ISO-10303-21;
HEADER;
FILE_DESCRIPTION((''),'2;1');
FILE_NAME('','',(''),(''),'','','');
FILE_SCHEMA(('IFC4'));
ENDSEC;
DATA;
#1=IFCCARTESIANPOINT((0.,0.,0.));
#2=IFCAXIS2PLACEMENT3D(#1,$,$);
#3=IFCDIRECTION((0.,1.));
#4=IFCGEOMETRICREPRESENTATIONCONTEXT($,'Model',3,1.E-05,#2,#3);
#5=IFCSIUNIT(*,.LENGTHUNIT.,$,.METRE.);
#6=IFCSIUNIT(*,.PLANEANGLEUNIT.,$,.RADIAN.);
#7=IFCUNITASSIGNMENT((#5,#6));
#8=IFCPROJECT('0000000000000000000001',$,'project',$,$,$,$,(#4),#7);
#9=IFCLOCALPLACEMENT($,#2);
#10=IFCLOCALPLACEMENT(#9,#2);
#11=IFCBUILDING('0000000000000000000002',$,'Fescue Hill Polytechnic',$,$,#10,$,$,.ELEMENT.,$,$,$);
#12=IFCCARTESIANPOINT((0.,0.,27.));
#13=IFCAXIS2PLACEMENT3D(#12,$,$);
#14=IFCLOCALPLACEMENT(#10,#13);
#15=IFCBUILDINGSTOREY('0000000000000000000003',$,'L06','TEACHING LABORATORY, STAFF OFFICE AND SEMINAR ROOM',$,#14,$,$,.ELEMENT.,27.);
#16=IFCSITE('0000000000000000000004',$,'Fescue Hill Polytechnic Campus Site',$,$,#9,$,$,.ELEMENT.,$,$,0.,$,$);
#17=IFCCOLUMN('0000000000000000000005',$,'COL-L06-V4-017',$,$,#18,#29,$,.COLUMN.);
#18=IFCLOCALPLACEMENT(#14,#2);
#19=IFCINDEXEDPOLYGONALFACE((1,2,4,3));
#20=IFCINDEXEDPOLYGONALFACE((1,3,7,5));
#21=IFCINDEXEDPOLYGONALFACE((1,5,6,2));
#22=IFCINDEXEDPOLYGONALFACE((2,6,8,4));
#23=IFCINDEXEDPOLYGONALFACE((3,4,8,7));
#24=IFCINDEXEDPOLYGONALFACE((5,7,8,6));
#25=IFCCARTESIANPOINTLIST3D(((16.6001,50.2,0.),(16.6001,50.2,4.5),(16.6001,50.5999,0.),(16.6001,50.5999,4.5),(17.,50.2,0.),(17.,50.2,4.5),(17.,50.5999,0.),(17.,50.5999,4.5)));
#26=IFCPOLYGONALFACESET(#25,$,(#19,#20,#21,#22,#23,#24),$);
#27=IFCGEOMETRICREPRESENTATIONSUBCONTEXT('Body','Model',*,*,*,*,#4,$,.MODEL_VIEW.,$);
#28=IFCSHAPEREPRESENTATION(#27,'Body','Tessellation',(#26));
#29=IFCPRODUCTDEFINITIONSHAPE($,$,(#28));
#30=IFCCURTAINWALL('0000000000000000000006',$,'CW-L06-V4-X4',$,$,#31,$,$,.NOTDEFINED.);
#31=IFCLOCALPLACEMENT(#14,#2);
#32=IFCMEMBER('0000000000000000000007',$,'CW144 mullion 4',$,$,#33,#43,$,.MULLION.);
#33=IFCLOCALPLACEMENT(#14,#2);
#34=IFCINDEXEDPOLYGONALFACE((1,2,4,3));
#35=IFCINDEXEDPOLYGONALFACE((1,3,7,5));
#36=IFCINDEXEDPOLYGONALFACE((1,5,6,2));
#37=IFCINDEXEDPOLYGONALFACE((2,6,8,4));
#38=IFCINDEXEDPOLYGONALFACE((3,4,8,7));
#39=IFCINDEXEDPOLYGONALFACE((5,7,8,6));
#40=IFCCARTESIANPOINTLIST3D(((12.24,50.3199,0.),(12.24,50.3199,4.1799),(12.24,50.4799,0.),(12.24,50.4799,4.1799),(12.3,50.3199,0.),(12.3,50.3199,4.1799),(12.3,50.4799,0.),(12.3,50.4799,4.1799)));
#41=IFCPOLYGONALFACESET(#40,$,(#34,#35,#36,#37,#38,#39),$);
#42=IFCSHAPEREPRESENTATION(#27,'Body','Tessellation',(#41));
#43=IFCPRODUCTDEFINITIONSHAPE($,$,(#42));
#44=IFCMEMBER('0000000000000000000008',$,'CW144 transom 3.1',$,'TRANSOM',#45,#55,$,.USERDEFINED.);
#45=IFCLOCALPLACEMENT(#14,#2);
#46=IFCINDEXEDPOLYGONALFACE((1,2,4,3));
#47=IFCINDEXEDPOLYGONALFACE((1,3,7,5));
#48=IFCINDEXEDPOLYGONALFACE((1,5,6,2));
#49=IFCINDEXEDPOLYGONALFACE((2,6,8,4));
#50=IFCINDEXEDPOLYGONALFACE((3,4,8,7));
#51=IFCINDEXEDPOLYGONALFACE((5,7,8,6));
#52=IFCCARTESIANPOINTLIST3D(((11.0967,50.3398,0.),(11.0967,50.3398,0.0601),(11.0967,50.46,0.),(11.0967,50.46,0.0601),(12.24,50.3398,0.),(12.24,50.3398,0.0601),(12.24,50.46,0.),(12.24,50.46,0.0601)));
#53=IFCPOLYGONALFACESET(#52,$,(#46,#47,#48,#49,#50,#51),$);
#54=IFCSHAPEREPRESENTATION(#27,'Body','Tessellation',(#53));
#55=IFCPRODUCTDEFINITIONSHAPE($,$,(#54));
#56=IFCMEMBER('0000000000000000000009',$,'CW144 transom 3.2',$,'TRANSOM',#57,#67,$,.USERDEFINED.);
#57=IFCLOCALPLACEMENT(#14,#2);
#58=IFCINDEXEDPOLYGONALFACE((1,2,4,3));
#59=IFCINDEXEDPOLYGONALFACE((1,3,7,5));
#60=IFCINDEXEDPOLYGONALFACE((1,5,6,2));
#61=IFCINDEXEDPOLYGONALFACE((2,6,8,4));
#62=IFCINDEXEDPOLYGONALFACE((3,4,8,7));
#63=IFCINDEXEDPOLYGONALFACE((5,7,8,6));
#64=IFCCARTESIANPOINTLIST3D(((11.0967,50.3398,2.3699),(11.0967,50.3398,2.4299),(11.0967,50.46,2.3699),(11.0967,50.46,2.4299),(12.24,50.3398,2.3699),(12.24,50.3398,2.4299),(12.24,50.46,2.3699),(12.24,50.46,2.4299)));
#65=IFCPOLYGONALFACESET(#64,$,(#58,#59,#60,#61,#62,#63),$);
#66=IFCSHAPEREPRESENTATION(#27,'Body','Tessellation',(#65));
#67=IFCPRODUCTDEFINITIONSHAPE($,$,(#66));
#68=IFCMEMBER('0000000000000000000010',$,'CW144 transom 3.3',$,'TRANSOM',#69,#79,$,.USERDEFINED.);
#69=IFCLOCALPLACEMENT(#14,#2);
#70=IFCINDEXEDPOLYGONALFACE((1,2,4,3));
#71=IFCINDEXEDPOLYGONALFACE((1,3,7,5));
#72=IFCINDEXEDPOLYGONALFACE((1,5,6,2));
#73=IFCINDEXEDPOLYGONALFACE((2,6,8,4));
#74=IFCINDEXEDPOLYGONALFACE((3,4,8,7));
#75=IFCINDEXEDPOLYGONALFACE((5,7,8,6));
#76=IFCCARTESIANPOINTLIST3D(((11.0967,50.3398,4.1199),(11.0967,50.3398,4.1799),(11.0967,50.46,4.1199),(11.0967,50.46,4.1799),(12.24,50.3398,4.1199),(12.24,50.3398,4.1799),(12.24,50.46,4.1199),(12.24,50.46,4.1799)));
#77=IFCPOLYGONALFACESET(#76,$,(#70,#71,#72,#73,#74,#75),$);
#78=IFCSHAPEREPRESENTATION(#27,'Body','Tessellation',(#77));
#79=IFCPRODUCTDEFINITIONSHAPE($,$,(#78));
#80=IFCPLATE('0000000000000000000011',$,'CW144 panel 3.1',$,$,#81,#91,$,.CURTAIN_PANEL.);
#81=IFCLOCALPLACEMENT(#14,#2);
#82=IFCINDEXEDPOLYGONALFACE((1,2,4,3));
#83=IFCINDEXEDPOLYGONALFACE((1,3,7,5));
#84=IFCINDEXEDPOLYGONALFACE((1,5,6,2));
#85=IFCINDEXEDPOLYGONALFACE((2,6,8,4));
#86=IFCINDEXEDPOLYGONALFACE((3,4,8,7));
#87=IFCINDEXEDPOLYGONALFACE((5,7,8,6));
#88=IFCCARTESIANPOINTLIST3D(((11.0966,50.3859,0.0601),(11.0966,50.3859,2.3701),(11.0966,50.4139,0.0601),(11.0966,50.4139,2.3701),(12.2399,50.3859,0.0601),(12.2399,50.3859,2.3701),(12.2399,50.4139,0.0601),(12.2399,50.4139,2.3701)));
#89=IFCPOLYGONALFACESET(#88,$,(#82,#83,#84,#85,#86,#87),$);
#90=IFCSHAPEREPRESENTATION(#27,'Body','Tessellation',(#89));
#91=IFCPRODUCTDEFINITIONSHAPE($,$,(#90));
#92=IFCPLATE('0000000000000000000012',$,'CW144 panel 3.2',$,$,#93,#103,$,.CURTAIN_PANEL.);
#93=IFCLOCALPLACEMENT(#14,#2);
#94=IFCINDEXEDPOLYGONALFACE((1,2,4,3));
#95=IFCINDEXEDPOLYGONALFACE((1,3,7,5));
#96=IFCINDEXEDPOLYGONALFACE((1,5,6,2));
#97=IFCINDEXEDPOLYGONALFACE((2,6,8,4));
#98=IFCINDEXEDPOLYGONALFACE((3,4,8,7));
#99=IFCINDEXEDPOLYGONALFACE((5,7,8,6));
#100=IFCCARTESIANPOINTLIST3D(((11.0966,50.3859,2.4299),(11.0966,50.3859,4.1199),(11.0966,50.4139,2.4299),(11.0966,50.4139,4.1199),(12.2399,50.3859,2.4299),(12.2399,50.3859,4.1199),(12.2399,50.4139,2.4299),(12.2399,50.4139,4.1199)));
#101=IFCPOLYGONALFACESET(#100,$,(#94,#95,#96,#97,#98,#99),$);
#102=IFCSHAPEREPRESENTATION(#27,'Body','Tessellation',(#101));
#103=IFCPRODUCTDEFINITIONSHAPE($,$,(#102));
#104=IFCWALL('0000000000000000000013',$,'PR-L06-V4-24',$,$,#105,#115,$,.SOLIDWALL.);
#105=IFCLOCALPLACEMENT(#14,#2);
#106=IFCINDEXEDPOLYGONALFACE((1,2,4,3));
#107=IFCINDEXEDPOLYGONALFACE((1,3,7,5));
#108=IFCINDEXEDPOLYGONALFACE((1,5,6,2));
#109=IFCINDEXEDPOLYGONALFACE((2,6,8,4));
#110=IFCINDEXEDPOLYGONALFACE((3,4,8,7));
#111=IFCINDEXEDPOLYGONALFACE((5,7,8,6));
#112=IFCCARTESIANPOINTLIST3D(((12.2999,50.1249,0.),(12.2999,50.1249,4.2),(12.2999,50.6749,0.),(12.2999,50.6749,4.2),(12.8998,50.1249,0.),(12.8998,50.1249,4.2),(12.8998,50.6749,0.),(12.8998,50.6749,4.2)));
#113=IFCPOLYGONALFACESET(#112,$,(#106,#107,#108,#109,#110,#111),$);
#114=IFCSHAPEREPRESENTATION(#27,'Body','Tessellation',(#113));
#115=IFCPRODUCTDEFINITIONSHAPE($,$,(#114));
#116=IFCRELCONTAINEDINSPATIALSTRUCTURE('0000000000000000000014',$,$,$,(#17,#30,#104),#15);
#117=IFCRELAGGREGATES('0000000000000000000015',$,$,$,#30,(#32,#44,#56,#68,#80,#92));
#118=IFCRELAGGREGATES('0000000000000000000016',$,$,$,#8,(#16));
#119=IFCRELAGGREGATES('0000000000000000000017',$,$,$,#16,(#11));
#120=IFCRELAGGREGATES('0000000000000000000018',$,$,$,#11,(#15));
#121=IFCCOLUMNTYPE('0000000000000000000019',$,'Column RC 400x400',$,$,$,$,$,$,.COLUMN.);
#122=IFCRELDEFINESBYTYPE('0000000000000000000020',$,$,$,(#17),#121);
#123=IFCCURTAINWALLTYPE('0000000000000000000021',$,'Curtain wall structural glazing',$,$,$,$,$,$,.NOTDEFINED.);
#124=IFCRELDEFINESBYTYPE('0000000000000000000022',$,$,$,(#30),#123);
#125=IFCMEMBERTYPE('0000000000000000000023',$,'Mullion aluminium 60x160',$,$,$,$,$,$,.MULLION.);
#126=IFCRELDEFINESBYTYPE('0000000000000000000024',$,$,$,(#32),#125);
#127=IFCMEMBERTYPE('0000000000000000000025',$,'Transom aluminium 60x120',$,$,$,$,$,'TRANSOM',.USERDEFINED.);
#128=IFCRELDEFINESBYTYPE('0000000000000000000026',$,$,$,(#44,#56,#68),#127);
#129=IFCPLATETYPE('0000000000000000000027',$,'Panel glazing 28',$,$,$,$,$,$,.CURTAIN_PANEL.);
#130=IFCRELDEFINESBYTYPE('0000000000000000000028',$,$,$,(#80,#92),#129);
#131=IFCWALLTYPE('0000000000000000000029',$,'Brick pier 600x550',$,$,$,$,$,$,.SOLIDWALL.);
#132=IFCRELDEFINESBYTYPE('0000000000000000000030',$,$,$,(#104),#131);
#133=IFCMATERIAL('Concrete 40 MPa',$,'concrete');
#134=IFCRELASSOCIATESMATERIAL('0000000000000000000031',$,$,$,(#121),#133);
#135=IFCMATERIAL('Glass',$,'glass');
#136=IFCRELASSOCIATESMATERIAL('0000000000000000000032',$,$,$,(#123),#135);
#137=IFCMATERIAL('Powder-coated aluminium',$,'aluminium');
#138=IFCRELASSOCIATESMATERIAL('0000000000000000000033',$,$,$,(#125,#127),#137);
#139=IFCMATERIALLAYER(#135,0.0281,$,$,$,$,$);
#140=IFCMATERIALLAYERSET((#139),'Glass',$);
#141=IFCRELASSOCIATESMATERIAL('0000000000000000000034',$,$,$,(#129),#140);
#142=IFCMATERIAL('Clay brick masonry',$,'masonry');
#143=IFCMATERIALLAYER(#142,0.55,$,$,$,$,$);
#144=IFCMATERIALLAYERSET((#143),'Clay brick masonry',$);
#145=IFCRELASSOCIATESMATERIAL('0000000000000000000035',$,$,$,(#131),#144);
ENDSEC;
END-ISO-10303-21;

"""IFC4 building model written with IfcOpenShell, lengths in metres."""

from ifc_helpers import new_model, si_unit, direction, frame, frame_2d, origin, origin_2d, place, context, subcontext, project, spatial, rectangle, extrude, material, layer, layer_set, material_profile, profile_set, type_object, element, aggregate, save


model = new_model("IFC4")

# Units and contexts
model_context = context("Model", 3, precision=1e-05, world=origin(), true_north=direction((0.0, 1.0)))
body_context = subcontext(model_context, "Body", "Model", "MODEL_VIEW")
ifc_project = project(units=[si_unit("LENGTHUNIT", "METRE"), si_unit("PLANEANGLEUNIT", "RADIAN")], contexts=[model_context])

# Site, building, storey
site_placement = place(None, origin())
site = spatial("IfcSite", under=ifc_project, at=site_placement, Name="Fescue Hill Polytechnic Campus Site", CompositionType="ELEMENT", RefElevation=0.0)
building_placement = place(site_placement, origin())
building = spatial("IfcBuilding", under=site, at=building_placement, Name="Fescue Hill Polytechnic", CompositionType="ELEMENT")
storey_placement = place(building_placement, frame((0.0, 0.0, 27.0)))
storey = spatial("IfcBuildingStorey", under=building, at=storey_placement, Name="L06", Description="TEACHING LABORATORY, STAFF OFFICE AND SEMINAR ROOM", CompositionType="ELEMENT", Elevation=27.0)

# Column
ifc_material_1 = material(Name="Concrete 40 MPa", Category="concrete")
ifc_material_profile_1 = material_profile(ifc_material_1, rectangle(XDim=0.3999, YDim=0.3999, at=origin_2d()), Name="RC 400x400")
ifc_profile_set_1 = profile_set([ifc_material_profile_1], Name="Concrete 40 MPa")
column_type = type_object("IfcColumnType", Name="Column RC 400x400", PredefinedType="COLUMN", material=ifc_profile_set_1)
column_placement = place(storey_placement, frame((16.8, 50.3999, 0.0), z_axis=(0.0, 0.0, 1.0), x_axis=(1.0, 0.0, 0.0)))
element("IfcColumn", 1, at=column_placement, inside=storey, type_object=column_type, Name="COL-L06-V4-017", PredefinedType="COLUMN", context=body_context, shape_type="SweptSolid", body=[
    extrude(rectangle(XDim=0.3999, YDim=0.3999, at=origin_2d()), origin(), (0.0, 0.0, 1.0), 4.5),
])

# Curtain wall, members, plates
ifc_material_2 = material(Name="Glass", Category="glass")
curtain_wall_type = type_object("IfcCurtainWallType", Name="Curtain wall structural glazing", PredefinedType="NOTDEFINED", material=ifc_material_2)
curtain_wall_placement = place(storey_placement, origin())
curtain_wall = element("IfcCurtainWall", 2, at=curtain_wall_placement, inside=storey, type_object=curtain_wall_type, Name="CW-L06-V4-X4", PredefinedType="NOTDEFINED")
ifc_material_3 = material(Name="Powder-coated aluminium", Category="aluminium")
ifc_material_profile_2 = material_profile(ifc_material_3, rectangle(XDim=0.1599, YDim=0.0601, at=origin_2d()), Name="Mullion aluminium 60x160")
ifc_profile_set_2 = profile_set([ifc_material_profile_2], Name="Powder-coated aluminium")
member_type_1 = type_object("IfcMemberType", Name="Mullion aluminium 60x160", PredefinedType="MULLION", material=ifc_profile_set_2)
member_1_placement = place(storey_placement, frame((12.27, 50.3999, 0.0), z_axis=(0.0, 0.0, 1.0), x_axis=(0.0, 1.0, 0.0)))
member_1 = element("IfcMember", 3, at=member_1_placement, type_object=member_type_1, Name="CW144 mullion 4", PredefinedType="MULLION", context=body_context, shape_type="SweptSolid", body=[
    extrude(rectangle(XDim=0.1599, YDim=0.0601, at=origin_2d()), origin(), (0.0, 0.0, 1.0), 4.1799),
])
ifc_material_profile_3 = material_profile(ifc_material_3, rectangle(XDim=0.1201, YDim=0.0601, at=origin_2d()), Name="Transom aluminium 60x120")
ifc_profile_set_3 = profile_set([ifc_material_profile_3], Name="Powder-coated aluminium")
member_type_2 = type_object("IfcMemberType", Name="Transom aluminium 60x120", ElementType="TRANSOM", PredefinedType="USERDEFINED", material=ifc_profile_set_3)
member_2_placement = place(storey_placement, frame((11.0967, 50.3999, 0.03), z_axis=(1.0, 0.0, 0.0), x_axis=(0.0, 1.0, 0.0)))
member_2 = element("IfcMember", 4, at=member_2_placement, type_object=member_type_2, Name="CW144 transom 3.1", ObjectType="TRANSOM", PredefinedType="USERDEFINED", context=body_context, shape_type="SweptSolid", body=[
    extrude(rectangle(XDim=0.1201, YDim=0.0601, at=origin_2d()), origin(), (0.0, 0.0, 1.0), 1.1433),
])
member_3_placement = place(storey_placement, frame((11.0967, 50.3999, 2.3999), z_axis=(1.0, 0.0, 0.0), x_axis=(0.0, 1.0, 0.0)))
member_3 = element("IfcMember", 5, at=member_3_placement, type_object=member_type_2, Name="CW144 transom 3.2", ObjectType="TRANSOM", PredefinedType="USERDEFINED", context=body_context, shape_type="SweptSolid", body=[
    extrude(rectangle(XDim=0.1201, YDim=0.0601, at=origin_2d()), origin(), (0.0, 0.0, 1.0), 1.1433),
])
member_4_placement = place(storey_placement, frame((11.0967, 50.3999, 4.1499), z_axis=(1.0, 0.0, 0.0), x_axis=(0.0, 1.0, 0.0)))
member_4 = element("IfcMember", 6, at=member_4_placement, type_object=member_type_2, Name="CW144 transom 3.3", ObjectType="TRANSOM", PredefinedType="USERDEFINED", context=body_context, shape_type="SweptSolid", body=[
    extrude(rectangle(XDim=0.1201, YDim=0.0601, at=origin_2d()), origin(), (0.0, 0.0, 1.0), 1.1433),
])
ifc_layer_1 = layer(ifc_material_2, 0.0281)
ifc_layer_set_1 = layer_set([ifc_layer_1], Name="Glass")
plate_type = type_object("IfcPlateType", Name="Panel glazing 28", PredefinedType="CURTAIN_PANEL", material=ifc_layer_set_1)
plate_1_placement = place(storey_placement, frame((11.6682, 50.3999, 0.0601), z_axis=(0.0, 0.0, 1.0), x_axis=(1.0, 0.0, 0.0)))
plate_1 = element("IfcPlate", 7, at=plate_1_placement, type_object=plate_type, Name="CW144 panel 3.1", PredefinedType="CURTAIN_PANEL", context=body_context, shape_type="SweptSolid", body=[
    extrude(rectangle(XDim=1.1433, YDim=0.0281, at=origin_2d()), origin(), (0.0, 0.0, 1.0), 2.3101),
])
plate_2_placement = place(storey_placement, frame((11.6682, 50.3999, 2.4299), z_axis=(0.0, 0.0, 1.0), x_axis=(1.0, 0.0, 0.0)))
plate_2 = element("IfcPlate", 8, at=plate_2_placement, type_object=plate_type, Name="CW144 panel 3.2", PredefinedType="CURTAIN_PANEL", context=body_context, shape_type="SweptSolid", body=[
    extrude(rectangle(XDim=1.1433, YDim=0.0281, at=origin_2d()), origin(), (0.0, 0.0, 1.0), 1.6899),
])
aggregate(curtain_wall, [member_1, member_2, member_3, member_4, plate_1, plate_2])

# Wall
ifc_material_4 = material(Name="Clay brick masonry", Category="masonry")
ifc_layer_2 = layer(ifc_material_4, 0.55)
ifc_layer_set_2 = layer_set([ifc_layer_2], Name="Clay brick masonry")
wall_type_1 = type_object("IfcWallType", Name="Brick pier 600x550", PredefinedType="SOLIDWALL", material=ifc_layer_set_2)
wall_1_placement = place(storey_placement, frame((12.3, 50.3999, 0.0), z_axis=(0.0, 0.0, 1.0), x_axis=(1.0, 0.0, 0.0)))
element("IfcWall", 9, at=wall_1_placement, inside=storey, type_object=wall_type_1, Name="PR-L06-V4-24", PredefinedType="SOLIDWALL", context=body_context, shape_type="SweptSolid", body=[
    extrude(rectangle(XDim=0.5999, YDim=0.55, at=frame_2d((0.2998, 0.0))), origin(), (0.0, 0.0, 1.0), 4.2),
])

save(model, "model.ifc")
